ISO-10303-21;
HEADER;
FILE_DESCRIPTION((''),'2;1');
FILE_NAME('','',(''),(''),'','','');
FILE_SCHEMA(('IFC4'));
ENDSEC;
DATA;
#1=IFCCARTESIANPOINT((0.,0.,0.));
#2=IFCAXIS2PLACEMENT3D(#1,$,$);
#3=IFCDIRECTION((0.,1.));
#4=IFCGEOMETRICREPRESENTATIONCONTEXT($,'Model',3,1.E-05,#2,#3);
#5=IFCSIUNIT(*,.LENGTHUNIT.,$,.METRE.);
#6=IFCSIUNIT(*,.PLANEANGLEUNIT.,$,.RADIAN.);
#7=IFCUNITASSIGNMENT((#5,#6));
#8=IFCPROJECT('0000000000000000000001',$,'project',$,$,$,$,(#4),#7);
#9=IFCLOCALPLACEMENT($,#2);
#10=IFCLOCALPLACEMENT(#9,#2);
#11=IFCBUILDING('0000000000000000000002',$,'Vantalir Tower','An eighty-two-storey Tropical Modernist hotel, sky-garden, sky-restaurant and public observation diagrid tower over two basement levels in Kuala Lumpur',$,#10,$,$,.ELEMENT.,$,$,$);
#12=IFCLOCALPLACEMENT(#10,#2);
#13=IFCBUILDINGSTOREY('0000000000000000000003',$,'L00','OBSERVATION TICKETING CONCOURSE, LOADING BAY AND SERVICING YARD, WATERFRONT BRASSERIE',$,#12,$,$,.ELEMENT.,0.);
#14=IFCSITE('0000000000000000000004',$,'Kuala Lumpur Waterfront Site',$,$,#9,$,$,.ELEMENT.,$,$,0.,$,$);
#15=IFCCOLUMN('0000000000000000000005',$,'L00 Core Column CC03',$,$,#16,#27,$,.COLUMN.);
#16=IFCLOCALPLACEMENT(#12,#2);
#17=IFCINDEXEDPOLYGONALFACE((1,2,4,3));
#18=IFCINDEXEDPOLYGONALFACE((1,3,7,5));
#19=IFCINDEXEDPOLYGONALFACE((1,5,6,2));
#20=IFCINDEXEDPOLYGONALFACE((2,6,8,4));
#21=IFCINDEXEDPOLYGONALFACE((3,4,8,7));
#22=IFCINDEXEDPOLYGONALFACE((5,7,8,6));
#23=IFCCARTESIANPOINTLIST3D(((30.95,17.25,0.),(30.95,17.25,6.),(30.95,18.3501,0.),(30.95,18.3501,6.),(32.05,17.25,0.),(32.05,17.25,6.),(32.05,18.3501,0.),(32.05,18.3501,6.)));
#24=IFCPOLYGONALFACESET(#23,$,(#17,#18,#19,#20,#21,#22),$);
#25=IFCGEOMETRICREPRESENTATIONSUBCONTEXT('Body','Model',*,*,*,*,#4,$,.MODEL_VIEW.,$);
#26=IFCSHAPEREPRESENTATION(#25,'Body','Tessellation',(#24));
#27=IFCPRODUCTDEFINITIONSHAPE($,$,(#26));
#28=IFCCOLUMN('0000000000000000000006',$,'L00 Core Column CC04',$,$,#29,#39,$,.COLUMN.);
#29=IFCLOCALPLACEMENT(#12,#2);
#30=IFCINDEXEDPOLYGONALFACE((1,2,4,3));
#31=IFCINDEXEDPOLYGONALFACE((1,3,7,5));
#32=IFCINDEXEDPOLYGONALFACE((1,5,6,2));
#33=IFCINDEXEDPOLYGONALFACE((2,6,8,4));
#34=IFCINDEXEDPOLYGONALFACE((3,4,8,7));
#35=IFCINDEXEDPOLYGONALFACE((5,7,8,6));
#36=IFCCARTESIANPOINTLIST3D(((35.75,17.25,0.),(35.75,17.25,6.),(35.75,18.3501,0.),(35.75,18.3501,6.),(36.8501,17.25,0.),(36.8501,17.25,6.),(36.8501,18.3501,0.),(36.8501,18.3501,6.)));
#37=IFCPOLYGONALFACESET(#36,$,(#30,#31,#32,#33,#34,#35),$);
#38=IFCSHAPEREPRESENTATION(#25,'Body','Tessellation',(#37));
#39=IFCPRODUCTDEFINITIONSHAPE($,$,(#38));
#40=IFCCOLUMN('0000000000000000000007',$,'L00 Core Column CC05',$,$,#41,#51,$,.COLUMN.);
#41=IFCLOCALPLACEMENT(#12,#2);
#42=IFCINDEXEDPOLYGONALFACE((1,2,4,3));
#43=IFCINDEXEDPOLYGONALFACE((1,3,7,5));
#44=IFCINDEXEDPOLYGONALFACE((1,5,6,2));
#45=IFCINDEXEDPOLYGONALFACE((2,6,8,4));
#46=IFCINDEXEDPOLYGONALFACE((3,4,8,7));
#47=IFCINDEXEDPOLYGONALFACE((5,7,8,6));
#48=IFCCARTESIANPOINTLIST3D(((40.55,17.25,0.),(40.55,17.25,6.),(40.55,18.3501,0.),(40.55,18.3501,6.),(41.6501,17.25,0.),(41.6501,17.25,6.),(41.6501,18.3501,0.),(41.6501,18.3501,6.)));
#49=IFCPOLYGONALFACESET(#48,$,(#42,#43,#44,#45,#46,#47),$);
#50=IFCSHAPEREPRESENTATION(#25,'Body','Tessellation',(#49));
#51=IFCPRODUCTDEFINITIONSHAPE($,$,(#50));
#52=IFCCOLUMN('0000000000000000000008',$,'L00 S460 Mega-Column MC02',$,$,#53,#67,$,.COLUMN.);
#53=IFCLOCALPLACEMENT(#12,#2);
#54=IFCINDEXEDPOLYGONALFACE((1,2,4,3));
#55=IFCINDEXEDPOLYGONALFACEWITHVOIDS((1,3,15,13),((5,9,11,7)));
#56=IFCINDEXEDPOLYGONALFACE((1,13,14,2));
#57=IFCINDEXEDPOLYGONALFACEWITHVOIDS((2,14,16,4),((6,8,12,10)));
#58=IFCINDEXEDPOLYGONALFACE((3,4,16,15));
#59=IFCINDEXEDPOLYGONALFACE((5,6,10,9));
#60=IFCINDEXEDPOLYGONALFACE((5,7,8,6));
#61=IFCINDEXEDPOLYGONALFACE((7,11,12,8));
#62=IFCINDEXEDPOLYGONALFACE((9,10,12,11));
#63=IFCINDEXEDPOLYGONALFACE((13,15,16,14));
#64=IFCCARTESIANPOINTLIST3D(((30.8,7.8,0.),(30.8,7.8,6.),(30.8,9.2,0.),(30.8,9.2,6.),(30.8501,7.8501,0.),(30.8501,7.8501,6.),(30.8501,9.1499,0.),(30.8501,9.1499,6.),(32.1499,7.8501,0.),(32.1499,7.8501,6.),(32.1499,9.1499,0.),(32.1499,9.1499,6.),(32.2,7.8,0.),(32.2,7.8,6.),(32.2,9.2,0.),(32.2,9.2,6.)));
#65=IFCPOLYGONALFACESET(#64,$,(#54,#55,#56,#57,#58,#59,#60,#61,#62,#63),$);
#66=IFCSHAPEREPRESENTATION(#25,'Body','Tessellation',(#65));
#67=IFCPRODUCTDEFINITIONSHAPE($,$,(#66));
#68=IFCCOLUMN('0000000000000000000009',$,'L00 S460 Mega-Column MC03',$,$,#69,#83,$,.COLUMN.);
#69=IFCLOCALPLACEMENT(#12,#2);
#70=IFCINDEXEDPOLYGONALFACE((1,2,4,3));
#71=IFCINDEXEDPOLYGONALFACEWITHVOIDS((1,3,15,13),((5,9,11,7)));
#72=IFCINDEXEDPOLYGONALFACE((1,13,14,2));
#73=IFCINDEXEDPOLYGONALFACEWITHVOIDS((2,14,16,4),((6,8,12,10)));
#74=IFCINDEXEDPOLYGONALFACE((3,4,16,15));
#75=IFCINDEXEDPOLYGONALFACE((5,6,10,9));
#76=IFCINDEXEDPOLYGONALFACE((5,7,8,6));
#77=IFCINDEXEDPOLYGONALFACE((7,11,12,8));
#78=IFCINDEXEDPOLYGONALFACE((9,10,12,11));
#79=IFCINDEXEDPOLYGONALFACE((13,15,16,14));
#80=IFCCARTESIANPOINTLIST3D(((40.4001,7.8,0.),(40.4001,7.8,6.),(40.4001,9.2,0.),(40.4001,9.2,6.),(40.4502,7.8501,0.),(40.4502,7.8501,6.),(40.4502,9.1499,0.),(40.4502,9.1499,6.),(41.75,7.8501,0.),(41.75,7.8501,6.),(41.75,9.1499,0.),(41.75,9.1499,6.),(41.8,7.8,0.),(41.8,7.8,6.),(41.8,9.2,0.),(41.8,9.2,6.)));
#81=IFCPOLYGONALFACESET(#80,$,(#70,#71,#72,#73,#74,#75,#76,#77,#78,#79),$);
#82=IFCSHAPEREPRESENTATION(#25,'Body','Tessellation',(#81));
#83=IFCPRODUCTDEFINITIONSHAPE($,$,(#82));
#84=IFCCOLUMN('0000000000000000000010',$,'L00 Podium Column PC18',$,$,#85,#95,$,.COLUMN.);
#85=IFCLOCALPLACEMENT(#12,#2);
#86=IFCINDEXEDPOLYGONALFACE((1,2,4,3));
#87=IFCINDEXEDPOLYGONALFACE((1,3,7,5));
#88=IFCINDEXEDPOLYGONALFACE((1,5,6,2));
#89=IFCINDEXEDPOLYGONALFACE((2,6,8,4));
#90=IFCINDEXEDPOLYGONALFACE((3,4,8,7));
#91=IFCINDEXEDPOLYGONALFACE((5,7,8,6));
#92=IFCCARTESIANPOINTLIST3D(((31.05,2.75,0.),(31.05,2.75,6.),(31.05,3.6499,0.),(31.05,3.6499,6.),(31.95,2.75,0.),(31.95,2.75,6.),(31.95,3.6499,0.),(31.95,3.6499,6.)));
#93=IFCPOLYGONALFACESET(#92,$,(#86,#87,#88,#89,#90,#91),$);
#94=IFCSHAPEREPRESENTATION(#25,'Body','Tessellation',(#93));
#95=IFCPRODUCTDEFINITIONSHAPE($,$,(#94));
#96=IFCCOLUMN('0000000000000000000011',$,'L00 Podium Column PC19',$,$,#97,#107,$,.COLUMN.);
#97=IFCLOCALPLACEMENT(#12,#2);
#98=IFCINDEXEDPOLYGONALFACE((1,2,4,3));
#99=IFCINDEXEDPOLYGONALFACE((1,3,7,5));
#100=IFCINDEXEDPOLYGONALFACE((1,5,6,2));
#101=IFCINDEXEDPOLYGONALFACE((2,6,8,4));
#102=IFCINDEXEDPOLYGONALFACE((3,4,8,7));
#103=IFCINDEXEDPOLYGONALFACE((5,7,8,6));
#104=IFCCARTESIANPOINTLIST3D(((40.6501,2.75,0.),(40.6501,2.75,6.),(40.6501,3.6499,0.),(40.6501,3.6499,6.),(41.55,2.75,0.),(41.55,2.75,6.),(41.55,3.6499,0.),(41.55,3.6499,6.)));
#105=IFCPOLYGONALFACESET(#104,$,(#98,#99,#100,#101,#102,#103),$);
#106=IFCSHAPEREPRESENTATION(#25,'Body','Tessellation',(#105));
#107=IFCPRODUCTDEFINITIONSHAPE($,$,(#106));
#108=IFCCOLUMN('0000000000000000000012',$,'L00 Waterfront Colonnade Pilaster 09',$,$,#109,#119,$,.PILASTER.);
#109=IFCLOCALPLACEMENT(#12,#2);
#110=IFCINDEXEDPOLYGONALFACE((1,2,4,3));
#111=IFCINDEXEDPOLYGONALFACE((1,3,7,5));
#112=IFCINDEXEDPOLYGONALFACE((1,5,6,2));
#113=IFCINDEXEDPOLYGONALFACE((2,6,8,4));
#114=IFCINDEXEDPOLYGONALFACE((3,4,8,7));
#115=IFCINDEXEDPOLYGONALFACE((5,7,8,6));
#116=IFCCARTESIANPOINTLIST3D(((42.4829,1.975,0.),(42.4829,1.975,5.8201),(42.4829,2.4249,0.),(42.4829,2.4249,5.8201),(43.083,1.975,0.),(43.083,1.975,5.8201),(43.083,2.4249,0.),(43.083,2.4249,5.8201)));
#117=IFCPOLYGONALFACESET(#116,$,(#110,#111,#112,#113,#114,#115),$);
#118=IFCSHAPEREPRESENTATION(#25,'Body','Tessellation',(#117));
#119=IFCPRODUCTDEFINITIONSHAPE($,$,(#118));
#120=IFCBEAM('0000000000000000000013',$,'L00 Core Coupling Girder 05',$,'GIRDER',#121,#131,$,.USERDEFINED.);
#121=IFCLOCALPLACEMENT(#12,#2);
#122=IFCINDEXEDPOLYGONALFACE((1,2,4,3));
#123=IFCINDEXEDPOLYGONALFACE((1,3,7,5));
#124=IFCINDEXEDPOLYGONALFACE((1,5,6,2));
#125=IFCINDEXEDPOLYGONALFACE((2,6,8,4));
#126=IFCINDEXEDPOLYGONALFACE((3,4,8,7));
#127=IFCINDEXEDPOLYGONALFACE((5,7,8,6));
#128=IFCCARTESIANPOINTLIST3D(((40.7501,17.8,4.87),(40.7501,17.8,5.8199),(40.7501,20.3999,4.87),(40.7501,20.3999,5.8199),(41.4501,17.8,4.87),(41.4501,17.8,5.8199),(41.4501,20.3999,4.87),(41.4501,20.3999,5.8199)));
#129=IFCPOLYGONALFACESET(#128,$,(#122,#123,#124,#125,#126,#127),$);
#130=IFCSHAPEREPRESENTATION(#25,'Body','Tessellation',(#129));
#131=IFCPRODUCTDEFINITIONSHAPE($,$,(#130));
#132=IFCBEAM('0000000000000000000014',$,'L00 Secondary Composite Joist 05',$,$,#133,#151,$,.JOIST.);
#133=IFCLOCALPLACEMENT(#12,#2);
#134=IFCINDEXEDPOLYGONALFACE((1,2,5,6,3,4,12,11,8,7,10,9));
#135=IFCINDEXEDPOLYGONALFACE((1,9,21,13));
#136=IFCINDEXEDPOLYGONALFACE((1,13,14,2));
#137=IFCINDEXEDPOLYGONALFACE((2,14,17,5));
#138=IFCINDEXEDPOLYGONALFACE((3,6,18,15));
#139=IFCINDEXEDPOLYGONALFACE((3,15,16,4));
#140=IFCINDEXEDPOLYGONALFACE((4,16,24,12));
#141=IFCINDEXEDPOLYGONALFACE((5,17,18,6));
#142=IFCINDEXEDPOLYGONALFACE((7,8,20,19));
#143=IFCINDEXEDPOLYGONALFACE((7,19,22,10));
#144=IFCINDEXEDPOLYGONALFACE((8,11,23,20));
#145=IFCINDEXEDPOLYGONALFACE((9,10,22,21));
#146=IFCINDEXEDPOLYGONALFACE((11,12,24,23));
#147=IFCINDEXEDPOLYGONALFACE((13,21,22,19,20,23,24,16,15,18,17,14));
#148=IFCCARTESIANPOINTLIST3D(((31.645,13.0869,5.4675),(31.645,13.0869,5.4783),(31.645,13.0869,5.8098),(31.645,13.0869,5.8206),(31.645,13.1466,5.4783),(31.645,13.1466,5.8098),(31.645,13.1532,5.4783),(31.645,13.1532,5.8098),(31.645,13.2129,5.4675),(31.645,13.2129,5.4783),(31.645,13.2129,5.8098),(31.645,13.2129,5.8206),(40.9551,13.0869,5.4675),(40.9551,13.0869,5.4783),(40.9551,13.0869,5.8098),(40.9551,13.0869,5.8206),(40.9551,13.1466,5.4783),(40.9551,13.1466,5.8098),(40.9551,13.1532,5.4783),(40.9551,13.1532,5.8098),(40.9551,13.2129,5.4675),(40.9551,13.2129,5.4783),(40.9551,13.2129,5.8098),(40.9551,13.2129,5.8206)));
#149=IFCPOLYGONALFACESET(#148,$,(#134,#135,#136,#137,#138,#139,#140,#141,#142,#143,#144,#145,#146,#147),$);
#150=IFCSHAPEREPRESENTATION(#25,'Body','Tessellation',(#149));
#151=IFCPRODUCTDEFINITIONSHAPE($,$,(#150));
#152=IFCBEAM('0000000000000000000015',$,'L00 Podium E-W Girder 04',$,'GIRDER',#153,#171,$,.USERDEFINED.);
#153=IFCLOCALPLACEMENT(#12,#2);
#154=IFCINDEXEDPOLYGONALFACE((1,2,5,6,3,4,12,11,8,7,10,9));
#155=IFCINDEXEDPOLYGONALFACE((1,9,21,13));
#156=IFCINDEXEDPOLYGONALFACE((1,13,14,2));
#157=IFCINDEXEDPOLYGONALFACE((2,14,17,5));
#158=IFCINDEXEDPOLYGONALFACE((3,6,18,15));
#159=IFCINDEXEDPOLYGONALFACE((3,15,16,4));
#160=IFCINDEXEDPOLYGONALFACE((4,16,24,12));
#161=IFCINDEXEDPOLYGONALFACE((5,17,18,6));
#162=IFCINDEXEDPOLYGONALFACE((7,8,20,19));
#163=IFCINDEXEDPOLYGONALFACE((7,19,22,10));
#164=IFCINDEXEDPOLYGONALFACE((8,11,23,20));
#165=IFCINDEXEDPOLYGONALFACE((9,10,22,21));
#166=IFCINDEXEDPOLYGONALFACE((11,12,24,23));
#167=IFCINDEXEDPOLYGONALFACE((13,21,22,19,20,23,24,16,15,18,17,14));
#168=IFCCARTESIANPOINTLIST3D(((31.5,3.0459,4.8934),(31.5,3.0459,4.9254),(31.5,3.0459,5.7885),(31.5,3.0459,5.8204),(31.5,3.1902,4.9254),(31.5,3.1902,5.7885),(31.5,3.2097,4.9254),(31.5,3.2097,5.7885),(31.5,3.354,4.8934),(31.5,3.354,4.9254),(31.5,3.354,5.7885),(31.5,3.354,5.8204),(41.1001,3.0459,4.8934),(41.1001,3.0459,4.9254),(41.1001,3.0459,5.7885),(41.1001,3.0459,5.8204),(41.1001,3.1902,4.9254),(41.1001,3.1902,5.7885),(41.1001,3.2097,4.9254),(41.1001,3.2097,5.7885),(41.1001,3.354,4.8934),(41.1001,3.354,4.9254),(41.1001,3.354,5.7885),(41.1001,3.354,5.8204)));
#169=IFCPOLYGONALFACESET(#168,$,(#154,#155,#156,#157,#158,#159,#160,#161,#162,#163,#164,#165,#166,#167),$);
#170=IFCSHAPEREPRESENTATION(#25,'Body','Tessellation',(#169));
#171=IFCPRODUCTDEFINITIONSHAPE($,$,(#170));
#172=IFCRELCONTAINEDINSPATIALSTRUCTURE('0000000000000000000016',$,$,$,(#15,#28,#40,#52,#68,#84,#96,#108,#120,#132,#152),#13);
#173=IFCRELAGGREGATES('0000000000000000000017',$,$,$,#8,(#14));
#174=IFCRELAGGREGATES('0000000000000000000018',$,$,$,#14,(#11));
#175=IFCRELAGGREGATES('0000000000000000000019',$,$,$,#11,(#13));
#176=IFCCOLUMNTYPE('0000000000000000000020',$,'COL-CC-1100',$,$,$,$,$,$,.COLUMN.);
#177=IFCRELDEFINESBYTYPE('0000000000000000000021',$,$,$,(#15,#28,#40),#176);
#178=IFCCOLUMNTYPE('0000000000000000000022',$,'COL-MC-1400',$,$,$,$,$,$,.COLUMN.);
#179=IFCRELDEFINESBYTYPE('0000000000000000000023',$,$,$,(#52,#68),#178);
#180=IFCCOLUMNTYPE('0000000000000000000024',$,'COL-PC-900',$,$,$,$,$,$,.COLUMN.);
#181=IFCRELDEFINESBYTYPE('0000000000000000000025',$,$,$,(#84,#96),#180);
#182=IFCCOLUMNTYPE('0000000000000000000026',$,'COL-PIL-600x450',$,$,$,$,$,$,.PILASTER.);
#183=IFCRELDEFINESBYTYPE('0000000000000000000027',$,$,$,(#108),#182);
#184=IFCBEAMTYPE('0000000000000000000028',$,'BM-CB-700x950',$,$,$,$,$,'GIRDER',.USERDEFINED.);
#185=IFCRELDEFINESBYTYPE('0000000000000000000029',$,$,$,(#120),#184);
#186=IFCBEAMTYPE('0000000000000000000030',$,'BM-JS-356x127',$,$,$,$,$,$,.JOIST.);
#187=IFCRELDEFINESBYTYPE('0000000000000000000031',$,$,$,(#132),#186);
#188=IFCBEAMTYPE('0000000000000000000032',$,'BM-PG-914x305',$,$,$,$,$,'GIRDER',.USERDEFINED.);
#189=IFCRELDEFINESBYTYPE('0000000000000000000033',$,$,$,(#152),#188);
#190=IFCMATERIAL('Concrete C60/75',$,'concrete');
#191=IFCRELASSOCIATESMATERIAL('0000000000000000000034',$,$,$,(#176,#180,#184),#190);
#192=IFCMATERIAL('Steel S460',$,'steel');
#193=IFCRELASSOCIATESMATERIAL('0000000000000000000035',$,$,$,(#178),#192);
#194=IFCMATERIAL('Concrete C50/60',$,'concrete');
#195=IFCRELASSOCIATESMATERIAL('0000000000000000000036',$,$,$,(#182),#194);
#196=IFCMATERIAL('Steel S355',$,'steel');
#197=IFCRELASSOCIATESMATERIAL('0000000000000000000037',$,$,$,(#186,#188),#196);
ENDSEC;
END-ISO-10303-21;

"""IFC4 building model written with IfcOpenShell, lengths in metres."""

from ifc_helpers import new_model, si_unit, direction, frame, origin, origin_2d, place, context, subcontext, project, spatial, rectangle, hollow_rectangle, i_section, extrude, material, material_profile, profile_set, type_object, element, save


model = new_model("IFC4")

# Units and contexts
model_context = context("Model", 3, precision=1e-05, world=origin(), true_north=direction((0.0, 1.0)))
body_context = subcontext(model_context, "Body", "Model", "MODEL_VIEW")
ifc_project = project(units=[si_unit("LENGTHUNIT", "METRE"), si_unit("PLANEANGLEUNIT", "RADIAN")], contexts=[model_context])

# Site, building, storey
site_placement = place(None, origin())
site = spatial("IfcSite", under=ifc_project, at=site_placement, Name="Kuala Lumpur Waterfront Site", CompositionType="ELEMENT", RefElevation=0.0)
building_placement = place(site_placement, origin())
building = spatial("IfcBuilding", under=site, at=building_placement, Name="Vantalir Tower", Description="An eighty-two-storey Tropical Modernist hotel, sky-garden, sky-restaurant and public observation diagrid tower over two basement levels in Kuala Lumpur", CompositionType="ELEMENT")
storey_placement = place(building_placement, origin())
storey = spatial("IfcBuildingStorey", under=building, at=storey_placement, Name="L00", Description="OBSERVATION TICKETING CONCOURSE, LOADING BAY AND SERVICING YARD, WATERFRONT BRASSERIE", CompositionType="ELEMENT", Elevation=0.0)

# Columns
ifc_material_1 = material(Name="Concrete C60/75", Category="concrete")
ifc_material_profile_1 = material_profile(ifc_material_1, rectangle(XDim=1.1001, YDim=1.1001, at=origin_2d()), Name="Concrete C60/75")
ifc_profile_set_1 = profile_set([ifc_material_profile_1], Name="Concrete C60/75")
column_type_1 = type_object("IfcColumnType", Name="COL-CC-1100", PredefinedType="COLUMN", material=ifc_profile_set_1)
for number, where, z_axis, x_axis, name in (
    (1, (31.5, 17.8, 0.0), (0.0, 0.0, 1.0), (1.0, 0.0, 0.0), "L00 Core Column CC03"),
    (2, (36.3, 17.8, 0.0), (0.0, 0.0, 1.0), (1.0, 0.0, 0.0), "L00 Core Column CC04"),
    (3, (41.1001, 17.8, 0.0), (0.0, 0.0, 1.0), (1.0, 0.0, 0.0), "L00 Core Column CC05"),
):
    element("IfcColumn", number, at=place(storey_placement, frame(where, z_axis=z_axis, x_axis=x_axis)), inside=storey, type_object=column_type_1, Name=name, PredefinedType="COLUMN", context=body_context, shape_type="SweptSolid", body=[
        extrude(rectangle(XDim=1.1001, YDim=1.1001, at=origin_2d()), origin(), (0.0, 0.0, 1.0), 6.0),
    ])
ifc_material_2 = material(Name="Steel S460", Category="steel")
ifc_material_profile_2 = material_profile(ifc_material_2, hollow_rectangle(XDim=1.3999, YDim=1.3999, WallThickness=0.05, at=origin_2d()), Name="Steel S460")
ifc_profile_set_2 = profile_set([ifc_material_profile_2], Name="Steel S460")
column_type_2 = type_object("IfcColumnType", Name="COL-MC-1400", PredefinedType="COLUMN", material=ifc_profile_set_2)
for number, where, z_axis, x_axis, name in (
    (4, (31.5, 8.5, 0.0), (0.0, 0.0, 1.0), (1.0, 0.0, 0.0), "L00 S460 Mega-Column MC02"),
    (5, (41.1001, 8.5, 0.0), (0.0, 0.0, 1.0), (1.0, 0.0, 0.0), "L00 S460 Mega-Column MC03"),
):
    element("IfcColumn", number, at=place(storey_placement, frame(where, z_axis=z_axis, x_axis=x_axis)), inside=storey, type_object=column_type_2, Name=name, PredefinedType="COLUMN", context=body_context, shape_type="SweptSolid", body=[
        extrude(hollow_rectangle(XDim=1.3999, YDim=1.3999, WallThickness=0.05, at=origin_2d()), origin(), (0.0, 0.0, 1.0), 6.0),
    ])
ifc_material_profile_3 = material_profile(ifc_material_1, rectangle(XDim=0.8999, YDim=0.8999, at=origin_2d()), Name="Concrete C60/75")
ifc_profile_set_3 = profile_set([ifc_material_profile_3], Name="Concrete C60/75")
column_type_3 = type_object("IfcColumnType", Name="COL-PC-900", PredefinedType="COLUMN", material=ifc_profile_set_3)
for number, where, z_axis, x_axis, name in (
    (6, (31.5, 3.2, 0.0), (0.0, 0.0, 1.0), (1.0, 0.0, 0.0), "L00 Podium Column PC18"),
    (7, (41.1001, 3.2, 0.0), (0.0, 0.0, 1.0), (1.0, 0.0, 0.0), "L00 Podium Column PC19"),
):
    element("IfcColumn", number, at=place(storey_placement, frame(where, z_axis=z_axis, x_axis=x_axis)), inside=storey, type_object=column_type_3, Name=name, PredefinedType="COLUMN", context=body_context, shape_type="SweptSolid", body=[
        extrude(rectangle(XDim=0.8999, YDim=0.8999, at=origin_2d()), origin(), (0.0, 0.0, 1.0), 6.0),
    ])
ifc_material_3 = material(Name="Concrete C50/60", Category="concrete")
ifc_material_profile_4 = material_profile(ifc_material_3, rectangle(XDim=0.6001, YDim=0.45, at=origin_2d()), Name="Concrete C50/60")
ifc_profile_set_4 = profile_set([ifc_material_profile_4], Name="Concrete C50/60")
column_type_4 = type_object("IfcColumnType", Name="COL-PIL-600x450", PredefinedType="PILASTER", material=ifc_profile_set_4)
column_placement = place(storey_placement, frame((42.783, 2.2, 0.0), z_axis=(0.0, 0.0, 1.0), x_axis=(1.0, 0.0, 0.0)))
element("IfcColumn", 8, at=column_placement, inside=storey, type_object=column_type_4, Name="L00 Waterfront Colonnade Pilaster 09", PredefinedType="PILASTER", context=body_context, shape_type="SweptSolid", body=[
    extrude(rectangle(XDim=0.6001, YDim=0.45, at=origin_2d()), origin(), (0.0, 0.0, 1.0), 5.8201),
])

# Beams
ifc_material_profile_5 = material_profile(ifc_material_1, rectangle(XDim=0.7, YDim=0.95, at=origin_2d()), Name="Concrete C60/75")
ifc_profile_set_5 = profile_set([ifc_material_profile_5], Name="Concrete C60/75")
beam_type_1 = type_object("IfcBeamType", Name="BM-CB-700x950", ElementType="GIRDER", PredefinedType="USERDEFINED", material=ifc_profile_set_5)
beam_1_placement = place(storey_placement, frame((41.1001, 17.8, 5.345), z_axis=(0.0, 1.0, 0.0), x_axis=(-1.0, 0.0, 0.0)))
element("IfcBeam", 9, at=beam_1_placement, inside=storey, type_object=beam_type_1, Name="L00 Core Coupling Girder 05", ObjectType="GIRDER", PredefinedType="USERDEFINED", context=body_context, shape_type="SweptSolid", body=[
    extrude(rectangle(XDim=0.7, YDim=0.95, at=origin_2d()), origin(), (0.0, 0.0, 1.0), 2.5999),
])
ifc_material_4 = material(Name="Steel S355", Category="steel")
ifc_material_profile_6 = material_profile(ifc_material_4, i_section(OverallWidth=0.126, OverallDepth=0.353, WebThickness=0.0066, FlangeThickness=0.0107, at=origin_2d()), Name="Steel S355")
ifc_profile_set_6 = profile_set([ifc_material_profile_6], Name="Steel S355")
beam_type_2 = type_object("IfcBeamType", Name="BM-JS-356x127", PredefinedType="JOIST", material=ifc_profile_set_6)
beam_2_placement = place(storey_placement, frame((31.645, 13.1499, 5.644), z_axis=(1.0, 0.0, 0.0), x_axis=(0.0, 1.0, 0.0)))
element("IfcBeam", 10, at=beam_2_placement, inside=storey, type_object=beam_type_2, Name="L00 Secondary Composite Joist 05", PredefinedType="JOIST", context=body_context, shape_type="SweptSolid", body=[
    extrude(i_section(OverallWidth=0.126, OverallDepth=0.353, WebThickness=0.0066, FlangeThickness=0.0107, at=origin_2d()), origin(), (0.0, 0.0, 1.0), 9.3101),
])
ifc_material_profile_7 = material_profile(ifc_material_4, i_section(OverallWidth=0.3081, OverallDepth=0.927, WebThickness=0.0195, FlangeThickness=0.032, at=origin_2d()), Name="Steel S355")
ifc_profile_set_7 = profile_set([ifc_material_profile_7], Name="Steel S355")
beam_type_3 = type_object("IfcBeamType", Name="BM-PG-914x305", ElementType="GIRDER", PredefinedType="USERDEFINED", material=ifc_profile_set_7)
beam_3_placement = place(storey_placement, frame((31.5, 3.2, 5.3569), z_axis=(1.0, 0.0, 0.0), x_axis=(0.0, 1.0, 0.0)))
element("IfcBeam", 11, at=beam_3_placement, inside=storey, type_object=beam_type_3, Name="L00 Podium E-W Girder 04", ObjectType="GIRDER", PredefinedType="USERDEFINED", context=body_context, shape_type="SweptSolid", body=[
    extrude(i_section(OverallWidth=0.3081, OverallDepth=0.927, WebThickness=0.0195, FlangeThickness=0.032, at=origin_2d()), origin(), (0.0, 0.0, 1.0), 9.6001),
])

save(model, "model.ifc")
